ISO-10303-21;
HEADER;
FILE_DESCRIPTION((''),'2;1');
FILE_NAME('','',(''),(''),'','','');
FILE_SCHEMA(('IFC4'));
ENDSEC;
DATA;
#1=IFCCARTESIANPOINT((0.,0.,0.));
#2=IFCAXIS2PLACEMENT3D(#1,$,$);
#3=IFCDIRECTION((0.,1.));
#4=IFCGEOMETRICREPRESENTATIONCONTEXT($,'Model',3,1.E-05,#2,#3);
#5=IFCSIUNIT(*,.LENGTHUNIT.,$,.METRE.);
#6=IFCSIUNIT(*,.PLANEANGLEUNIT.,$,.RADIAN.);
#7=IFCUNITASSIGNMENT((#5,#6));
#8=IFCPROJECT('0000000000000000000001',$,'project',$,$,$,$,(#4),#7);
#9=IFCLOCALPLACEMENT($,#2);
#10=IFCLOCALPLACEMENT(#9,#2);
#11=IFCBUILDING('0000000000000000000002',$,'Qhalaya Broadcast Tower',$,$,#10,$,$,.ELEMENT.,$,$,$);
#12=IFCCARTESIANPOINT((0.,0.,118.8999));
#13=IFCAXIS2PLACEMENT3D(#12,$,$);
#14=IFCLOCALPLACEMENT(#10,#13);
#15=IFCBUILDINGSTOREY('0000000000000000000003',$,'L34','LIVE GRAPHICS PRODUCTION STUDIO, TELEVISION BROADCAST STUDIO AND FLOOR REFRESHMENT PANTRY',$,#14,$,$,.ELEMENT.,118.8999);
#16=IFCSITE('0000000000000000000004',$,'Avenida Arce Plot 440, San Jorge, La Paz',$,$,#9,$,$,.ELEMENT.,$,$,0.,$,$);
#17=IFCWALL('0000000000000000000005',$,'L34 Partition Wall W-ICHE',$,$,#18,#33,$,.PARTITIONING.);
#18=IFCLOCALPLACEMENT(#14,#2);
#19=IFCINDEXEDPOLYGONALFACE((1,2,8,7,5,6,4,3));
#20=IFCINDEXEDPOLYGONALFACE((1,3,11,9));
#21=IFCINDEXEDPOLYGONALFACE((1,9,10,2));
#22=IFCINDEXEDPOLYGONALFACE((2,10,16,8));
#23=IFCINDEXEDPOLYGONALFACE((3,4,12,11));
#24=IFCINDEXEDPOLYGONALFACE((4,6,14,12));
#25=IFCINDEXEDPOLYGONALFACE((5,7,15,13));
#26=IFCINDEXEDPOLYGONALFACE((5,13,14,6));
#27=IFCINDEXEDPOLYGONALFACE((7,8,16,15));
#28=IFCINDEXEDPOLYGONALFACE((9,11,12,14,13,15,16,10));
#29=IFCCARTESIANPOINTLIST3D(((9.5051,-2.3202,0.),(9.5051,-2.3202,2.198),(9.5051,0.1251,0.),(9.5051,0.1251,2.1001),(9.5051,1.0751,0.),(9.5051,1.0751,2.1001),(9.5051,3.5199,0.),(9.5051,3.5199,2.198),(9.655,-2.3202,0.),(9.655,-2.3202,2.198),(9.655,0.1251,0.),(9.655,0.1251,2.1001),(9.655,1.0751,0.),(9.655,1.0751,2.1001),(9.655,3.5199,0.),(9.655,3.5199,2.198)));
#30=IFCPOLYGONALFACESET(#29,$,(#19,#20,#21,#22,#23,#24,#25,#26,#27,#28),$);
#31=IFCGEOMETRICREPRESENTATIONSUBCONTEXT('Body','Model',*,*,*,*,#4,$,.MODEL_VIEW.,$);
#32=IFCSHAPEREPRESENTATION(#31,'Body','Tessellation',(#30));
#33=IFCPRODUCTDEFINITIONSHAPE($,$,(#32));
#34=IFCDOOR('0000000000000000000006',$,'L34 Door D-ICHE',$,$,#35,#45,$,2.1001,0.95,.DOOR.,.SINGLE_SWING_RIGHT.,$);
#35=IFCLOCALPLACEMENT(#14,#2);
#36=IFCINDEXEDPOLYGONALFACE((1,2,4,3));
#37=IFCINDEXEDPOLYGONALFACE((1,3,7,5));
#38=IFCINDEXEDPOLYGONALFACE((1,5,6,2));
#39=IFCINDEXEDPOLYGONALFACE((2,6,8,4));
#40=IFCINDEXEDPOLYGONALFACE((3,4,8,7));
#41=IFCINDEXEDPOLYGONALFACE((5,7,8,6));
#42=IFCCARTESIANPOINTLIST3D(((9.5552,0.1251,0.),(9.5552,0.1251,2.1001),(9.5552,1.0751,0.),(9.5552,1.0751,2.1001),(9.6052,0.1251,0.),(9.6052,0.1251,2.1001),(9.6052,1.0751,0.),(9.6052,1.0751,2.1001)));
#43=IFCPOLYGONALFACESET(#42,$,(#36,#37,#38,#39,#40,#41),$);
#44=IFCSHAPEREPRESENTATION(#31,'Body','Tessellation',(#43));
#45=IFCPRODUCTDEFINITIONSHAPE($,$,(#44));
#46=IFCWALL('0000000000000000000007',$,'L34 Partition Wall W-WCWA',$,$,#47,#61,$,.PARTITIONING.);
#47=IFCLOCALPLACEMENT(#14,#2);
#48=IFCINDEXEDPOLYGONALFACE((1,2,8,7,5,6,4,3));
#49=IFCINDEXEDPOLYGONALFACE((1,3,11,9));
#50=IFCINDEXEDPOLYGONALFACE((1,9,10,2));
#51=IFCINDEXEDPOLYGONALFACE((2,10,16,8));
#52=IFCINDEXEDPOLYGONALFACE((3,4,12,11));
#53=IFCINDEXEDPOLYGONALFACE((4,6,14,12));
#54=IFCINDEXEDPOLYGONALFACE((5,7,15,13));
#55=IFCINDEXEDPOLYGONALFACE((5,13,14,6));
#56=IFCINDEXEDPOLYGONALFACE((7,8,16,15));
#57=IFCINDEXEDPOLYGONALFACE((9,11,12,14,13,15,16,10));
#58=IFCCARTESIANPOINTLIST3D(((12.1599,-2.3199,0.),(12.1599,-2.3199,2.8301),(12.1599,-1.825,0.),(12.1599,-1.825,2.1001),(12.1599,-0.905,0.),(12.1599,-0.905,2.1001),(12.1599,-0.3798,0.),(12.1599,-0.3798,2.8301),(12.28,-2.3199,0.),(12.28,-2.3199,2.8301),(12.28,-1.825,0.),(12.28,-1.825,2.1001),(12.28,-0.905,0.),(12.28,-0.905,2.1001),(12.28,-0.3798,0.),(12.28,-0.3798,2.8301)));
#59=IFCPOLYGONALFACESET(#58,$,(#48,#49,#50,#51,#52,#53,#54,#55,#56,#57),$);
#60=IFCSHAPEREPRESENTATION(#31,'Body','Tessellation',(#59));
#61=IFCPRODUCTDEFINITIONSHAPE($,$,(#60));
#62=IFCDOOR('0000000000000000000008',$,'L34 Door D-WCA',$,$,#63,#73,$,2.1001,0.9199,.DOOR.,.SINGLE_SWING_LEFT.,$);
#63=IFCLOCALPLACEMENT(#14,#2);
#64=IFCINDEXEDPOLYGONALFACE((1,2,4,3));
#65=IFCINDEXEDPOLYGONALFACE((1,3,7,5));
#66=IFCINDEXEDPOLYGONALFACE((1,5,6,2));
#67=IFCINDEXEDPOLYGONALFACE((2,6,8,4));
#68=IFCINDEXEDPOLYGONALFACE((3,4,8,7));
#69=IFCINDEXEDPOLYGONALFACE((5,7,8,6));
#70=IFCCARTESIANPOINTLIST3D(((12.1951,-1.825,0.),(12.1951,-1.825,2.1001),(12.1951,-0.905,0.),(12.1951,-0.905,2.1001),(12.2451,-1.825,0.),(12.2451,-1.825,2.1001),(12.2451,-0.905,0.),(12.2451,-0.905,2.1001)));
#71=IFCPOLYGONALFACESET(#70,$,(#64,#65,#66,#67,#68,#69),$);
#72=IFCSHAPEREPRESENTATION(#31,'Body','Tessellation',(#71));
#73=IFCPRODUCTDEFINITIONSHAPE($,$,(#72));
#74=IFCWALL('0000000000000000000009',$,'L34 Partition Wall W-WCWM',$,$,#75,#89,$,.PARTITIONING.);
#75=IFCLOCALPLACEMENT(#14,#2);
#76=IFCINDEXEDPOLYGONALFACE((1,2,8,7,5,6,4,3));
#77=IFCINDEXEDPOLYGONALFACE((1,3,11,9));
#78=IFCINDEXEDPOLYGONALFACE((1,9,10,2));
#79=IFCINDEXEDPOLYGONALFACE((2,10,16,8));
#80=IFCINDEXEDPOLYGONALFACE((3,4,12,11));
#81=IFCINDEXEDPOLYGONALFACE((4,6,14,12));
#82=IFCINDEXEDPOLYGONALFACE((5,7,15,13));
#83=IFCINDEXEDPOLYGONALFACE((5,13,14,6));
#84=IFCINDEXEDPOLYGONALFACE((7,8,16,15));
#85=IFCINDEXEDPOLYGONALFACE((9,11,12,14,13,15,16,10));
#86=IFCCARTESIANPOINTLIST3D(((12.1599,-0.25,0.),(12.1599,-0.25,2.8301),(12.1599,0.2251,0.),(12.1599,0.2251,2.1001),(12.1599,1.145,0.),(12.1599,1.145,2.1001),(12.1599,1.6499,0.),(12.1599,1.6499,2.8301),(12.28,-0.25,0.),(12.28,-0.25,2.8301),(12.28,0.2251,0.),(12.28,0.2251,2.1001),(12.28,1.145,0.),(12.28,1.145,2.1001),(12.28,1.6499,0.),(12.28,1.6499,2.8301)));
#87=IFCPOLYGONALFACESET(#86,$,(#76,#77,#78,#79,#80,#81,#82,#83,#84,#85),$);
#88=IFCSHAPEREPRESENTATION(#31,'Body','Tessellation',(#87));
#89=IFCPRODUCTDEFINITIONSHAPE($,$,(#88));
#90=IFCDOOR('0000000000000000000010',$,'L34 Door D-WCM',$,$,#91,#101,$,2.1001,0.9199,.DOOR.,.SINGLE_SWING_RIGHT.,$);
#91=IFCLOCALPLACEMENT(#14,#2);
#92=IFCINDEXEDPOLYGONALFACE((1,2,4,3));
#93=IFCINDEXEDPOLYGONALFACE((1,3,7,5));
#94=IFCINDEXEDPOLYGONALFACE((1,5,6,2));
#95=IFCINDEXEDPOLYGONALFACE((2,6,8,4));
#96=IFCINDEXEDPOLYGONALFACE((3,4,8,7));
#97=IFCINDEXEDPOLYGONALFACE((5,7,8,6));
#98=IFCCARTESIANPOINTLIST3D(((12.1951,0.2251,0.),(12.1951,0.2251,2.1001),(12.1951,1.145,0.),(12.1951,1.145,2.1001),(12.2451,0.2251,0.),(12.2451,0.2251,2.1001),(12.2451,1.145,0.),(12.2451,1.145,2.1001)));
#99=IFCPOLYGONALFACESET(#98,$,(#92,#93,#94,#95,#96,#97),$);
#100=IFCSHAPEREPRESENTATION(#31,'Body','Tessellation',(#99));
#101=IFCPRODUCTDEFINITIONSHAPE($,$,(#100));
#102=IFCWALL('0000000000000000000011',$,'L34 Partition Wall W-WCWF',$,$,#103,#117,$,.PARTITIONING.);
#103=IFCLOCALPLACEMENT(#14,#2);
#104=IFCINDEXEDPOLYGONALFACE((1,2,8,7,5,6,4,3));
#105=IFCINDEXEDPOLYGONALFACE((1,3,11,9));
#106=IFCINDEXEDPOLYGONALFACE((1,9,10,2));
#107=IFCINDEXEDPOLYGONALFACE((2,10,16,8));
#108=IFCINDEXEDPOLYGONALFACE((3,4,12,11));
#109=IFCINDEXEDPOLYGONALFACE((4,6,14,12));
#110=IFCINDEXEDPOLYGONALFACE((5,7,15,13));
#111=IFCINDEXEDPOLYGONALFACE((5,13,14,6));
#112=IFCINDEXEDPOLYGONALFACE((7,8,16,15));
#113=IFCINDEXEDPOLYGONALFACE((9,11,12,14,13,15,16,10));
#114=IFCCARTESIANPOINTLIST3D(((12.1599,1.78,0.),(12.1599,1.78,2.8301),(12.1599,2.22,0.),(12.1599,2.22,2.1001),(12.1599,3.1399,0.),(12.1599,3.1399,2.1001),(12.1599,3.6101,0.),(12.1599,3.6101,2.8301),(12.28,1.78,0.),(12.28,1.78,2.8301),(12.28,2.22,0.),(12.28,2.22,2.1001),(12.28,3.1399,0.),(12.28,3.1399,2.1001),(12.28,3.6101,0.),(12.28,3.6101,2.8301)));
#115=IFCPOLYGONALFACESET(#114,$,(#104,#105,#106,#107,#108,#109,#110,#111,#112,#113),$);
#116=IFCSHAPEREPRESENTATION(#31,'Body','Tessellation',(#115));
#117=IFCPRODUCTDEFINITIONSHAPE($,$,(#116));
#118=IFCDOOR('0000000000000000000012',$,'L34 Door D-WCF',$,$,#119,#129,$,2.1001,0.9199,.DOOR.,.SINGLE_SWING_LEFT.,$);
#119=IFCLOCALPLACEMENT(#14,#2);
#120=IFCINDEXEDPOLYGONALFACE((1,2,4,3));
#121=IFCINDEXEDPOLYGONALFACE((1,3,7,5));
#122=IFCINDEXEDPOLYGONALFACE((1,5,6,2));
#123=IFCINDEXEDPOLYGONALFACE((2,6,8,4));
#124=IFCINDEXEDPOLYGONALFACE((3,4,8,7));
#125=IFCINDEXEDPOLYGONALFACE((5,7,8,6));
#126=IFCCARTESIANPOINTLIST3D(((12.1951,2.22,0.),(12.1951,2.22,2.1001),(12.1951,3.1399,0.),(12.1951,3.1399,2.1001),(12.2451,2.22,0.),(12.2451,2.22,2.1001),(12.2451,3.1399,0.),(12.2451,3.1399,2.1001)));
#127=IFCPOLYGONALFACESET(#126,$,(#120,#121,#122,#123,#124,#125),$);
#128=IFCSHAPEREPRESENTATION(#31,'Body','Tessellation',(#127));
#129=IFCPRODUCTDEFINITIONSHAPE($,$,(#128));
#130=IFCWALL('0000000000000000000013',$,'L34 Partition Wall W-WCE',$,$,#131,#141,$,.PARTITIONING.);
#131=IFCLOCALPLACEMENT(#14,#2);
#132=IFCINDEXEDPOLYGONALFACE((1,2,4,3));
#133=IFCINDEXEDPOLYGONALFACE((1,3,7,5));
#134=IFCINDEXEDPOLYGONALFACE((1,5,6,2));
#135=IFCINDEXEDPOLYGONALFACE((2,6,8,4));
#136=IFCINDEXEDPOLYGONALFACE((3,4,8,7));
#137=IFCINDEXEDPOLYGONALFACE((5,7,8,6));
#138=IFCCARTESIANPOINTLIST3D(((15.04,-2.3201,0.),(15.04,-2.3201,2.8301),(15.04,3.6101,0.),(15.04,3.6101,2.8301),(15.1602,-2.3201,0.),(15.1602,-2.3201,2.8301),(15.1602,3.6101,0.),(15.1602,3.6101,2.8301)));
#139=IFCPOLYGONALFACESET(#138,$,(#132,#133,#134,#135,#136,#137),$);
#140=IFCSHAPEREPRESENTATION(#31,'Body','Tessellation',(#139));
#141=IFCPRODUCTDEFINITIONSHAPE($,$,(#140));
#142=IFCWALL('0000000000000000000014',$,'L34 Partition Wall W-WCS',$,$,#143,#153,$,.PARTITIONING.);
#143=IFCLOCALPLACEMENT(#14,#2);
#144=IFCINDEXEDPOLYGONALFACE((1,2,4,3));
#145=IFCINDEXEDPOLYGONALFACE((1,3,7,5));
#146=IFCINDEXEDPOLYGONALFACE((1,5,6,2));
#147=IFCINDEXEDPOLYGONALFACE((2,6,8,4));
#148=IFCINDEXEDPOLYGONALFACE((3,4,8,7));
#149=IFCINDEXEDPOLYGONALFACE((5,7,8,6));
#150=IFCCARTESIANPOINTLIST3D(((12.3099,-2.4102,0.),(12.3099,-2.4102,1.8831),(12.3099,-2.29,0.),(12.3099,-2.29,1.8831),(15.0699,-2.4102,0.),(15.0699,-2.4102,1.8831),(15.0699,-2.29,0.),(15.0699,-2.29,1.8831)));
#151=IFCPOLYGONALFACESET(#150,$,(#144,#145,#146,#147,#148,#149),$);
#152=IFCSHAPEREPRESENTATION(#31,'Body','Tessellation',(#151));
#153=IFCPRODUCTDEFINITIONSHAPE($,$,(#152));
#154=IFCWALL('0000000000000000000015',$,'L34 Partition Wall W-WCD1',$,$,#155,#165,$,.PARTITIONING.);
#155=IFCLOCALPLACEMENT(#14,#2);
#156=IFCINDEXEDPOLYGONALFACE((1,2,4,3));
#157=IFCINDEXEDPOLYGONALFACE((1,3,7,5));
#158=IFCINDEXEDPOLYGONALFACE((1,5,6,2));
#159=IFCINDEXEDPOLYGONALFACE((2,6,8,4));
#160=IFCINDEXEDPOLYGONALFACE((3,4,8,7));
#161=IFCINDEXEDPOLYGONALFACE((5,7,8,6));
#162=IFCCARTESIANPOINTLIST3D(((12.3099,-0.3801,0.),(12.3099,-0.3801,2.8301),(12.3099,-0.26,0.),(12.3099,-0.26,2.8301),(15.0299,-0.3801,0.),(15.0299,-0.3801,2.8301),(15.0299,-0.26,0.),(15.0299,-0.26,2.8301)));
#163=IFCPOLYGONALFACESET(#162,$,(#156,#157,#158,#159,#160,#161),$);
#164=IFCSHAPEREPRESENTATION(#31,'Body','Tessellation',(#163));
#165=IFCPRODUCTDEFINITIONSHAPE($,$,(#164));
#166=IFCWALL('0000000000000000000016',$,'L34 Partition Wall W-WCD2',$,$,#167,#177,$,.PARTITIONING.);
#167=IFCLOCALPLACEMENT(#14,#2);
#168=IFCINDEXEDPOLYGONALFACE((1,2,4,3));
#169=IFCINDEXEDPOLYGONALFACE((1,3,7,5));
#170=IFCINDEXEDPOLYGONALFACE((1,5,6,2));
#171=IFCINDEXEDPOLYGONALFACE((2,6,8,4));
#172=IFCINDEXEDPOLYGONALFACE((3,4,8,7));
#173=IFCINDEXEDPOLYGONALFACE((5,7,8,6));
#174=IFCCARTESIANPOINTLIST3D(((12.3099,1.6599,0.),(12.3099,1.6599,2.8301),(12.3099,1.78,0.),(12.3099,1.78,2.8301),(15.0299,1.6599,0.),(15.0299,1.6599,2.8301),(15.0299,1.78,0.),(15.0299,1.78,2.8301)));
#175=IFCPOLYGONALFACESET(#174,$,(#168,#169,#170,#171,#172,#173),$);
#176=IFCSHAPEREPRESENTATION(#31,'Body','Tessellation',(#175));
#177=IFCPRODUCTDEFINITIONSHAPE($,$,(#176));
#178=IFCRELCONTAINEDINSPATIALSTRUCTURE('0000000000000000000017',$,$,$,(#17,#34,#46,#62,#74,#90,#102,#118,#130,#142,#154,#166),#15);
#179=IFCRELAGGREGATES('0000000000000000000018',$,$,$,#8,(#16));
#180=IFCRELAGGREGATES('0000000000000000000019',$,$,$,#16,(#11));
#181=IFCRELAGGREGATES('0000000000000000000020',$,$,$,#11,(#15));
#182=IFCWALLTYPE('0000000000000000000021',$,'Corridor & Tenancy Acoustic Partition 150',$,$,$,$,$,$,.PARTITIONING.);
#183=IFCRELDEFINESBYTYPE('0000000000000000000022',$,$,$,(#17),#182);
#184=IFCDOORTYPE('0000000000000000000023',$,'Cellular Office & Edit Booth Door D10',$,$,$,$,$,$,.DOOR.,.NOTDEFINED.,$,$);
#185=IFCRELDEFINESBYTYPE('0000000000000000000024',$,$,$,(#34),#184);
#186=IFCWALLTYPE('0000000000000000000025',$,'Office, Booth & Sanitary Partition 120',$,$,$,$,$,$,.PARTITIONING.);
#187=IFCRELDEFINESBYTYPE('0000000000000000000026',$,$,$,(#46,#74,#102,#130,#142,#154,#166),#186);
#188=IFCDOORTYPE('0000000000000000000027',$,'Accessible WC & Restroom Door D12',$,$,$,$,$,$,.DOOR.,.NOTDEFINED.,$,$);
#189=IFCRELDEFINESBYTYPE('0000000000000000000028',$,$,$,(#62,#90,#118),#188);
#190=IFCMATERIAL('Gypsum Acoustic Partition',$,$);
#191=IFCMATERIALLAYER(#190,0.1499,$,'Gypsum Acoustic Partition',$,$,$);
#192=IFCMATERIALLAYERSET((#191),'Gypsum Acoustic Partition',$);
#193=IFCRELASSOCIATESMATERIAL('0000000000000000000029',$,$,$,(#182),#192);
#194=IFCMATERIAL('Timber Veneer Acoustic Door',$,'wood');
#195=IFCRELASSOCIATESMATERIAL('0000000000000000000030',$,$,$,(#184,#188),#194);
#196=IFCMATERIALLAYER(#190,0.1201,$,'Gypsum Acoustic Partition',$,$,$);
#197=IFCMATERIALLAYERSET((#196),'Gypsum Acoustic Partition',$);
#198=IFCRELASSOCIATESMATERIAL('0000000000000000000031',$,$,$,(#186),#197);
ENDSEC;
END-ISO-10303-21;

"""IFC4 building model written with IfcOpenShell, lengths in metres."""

from ifc_helpers import new_model, si_unit, direction, frame, frame_2d, origin, place, context, subcontext, project, spatial, rectangle, extrude, material, layer, layer_set, type_object, element, fill, save


model = new_model("IFC4")

# Units and contexts
model_context = context("Model", 3, precision=1e-05, world=origin(), true_north=direction((0.0, 1.0)))
body_context = subcontext(model_context, "Body", "Model", "MODEL_VIEW")
ifc_project = project(units=[si_unit("LENGTHUNIT", "METRE"), si_unit("PLANEANGLEUNIT", "RADIAN")], contexts=[model_context])

# Site, building, storey
site_placement = place(None, origin())
site = spatial("IfcSite", under=ifc_project, at=site_placement, Name="Avenida Arce Plot 440, San Jorge, La Paz", CompositionType="ELEMENT", RefElevation=0.0)
building_placement = place(site_placement, origin())
building = spatial("IfcBuilding", under=site, at=building_placement, Name="Qhalaya Broadcast Tower", CompositionType="ELEMENT")
storey_placement = place(building_placement, frame((0.0, 0.0, 118.8999)))
storey = spatial("IfcBuildingStorey", under=building, at=storey_placement, Name="L34", Description="LIVE GRAPHICS PRODUCTION STUDIO, TELEVISION BROADCAST STUDIO AND FLOOR REFRESHMENT PANTRY", CompositionType="ELEMENT", Elevation=118.8999)

# Walls, openings, doors
ifc_material_1 = material(Name="Gypsum Acoustic Partition")
ifc_layer_1 = layer(ifc_material_1, 0.1499, Name="Gypsum Acoustic Partition")
ifc_layer_set_1 = layer_set([ifc_layer_1], Name="Gypsum Acoustic Partition")
wall_type_1 = type_object("IfcWallType", Name="Corridor & Tenancy Acoustic Partition 150", PredefinedType="PARTITIONING", material=ifc_layer_set_1)
wall_1_placement = place(storey_placement, frame((9.5801, -2.3201, 0.0), z_axis=(0.0, 0.0, 1.0), x_axis=(0.0, 1.0, 0.0)))
wall_1 = element("IfcWall", 1, at=wall_1_placement, inside=storey, type_object=wall_type_1, Name="L34 Partition Wall W-ICHE", PredefinedType="PARTITIONING", context=body_context, shape_type="SweptSolid", body=[
    extrude(rectangle(XDim=5.8401, YDim=0.1499, at=frame_2d((2.9199, 0.0))), origin(), (0.0, 0.0, 1.0), 2.198),
])
opening_1_placement = place(wall_1_placement, frame((2.4451, 0.0, 0.0)))
opening_1 = element("IfcOpeningElement", 2, at=opening_1_placement, cuts=wall_1, PredefinedType="OPENING", context=body_context, shape_type="SweptSolid", body=[
    extrude(rectangle(XDim=0.95, YDim=2.1001, at=frame_2d((0.4751, 1.05))), frame((0.0, 0.0869, 0.0), z_axis=(0.0, -1.0, 0.0), x_axis=(1.0, 0.0, 0.0)), (0.0, 0.0, 1.0), 0.1738),
])
ifc_material_2 = material(Name="Timber Veneer Acoustic Door", Category="wood")
door_type_1 = type_object("IfcDoorType", Name="Cellular Office & Edit Booth Door D10", OperationType="NOTDEFINED", PredefinedType="DOOR", material=ifc_material_2)
door_1_placement = place(opening_1_placement, origin())
door_1 = element("IfcDoor", 3, at=door_1_placement, inside=storey, type_object=door_type_1, Name="L34 Door D-ICHE", OperationType="SINGLE_SWING_RIGHT", OverallHeight=2.1001, OverallWidth=0.95, PredefinedType="DOOR", context=body_context, shape_type="SweptSolid", body=[
    extrude(rectangle(XDim=0.95, YDim=2.1001, at=frame_2d((0.4751, 1.05))), frame((0.0, 0.0249, 0.0), z_axis=(0.0, -1.0, 0.0), x_axis=(1.0, 0.0, 0.0)), (0.0, 0.0, 1.0), 0.05),
])
fill(opening_1, door_1)
ifc_layer_2 = layer(ifc_material_1, 0.1201, Name="Gypsum Acoustic Partition")
ifc_layer_set_2 = layer_set([ifc_layer_2], Name="Gypsum Acoustic Partition")
wall_type_2 = type_object("IfcWallType", Name="Office, Booth & Sanitary Partition 120", PredefinedType="PARTITIONING", material=ifc_layer_set_2)
wall_2_placement = place(storey_placement, frame((12.22, -2.3201, 0.0), z_axis=(0.0, 0.0, 1.0), x_axis=(0.0, 1.0, 0.0)))
wall_2 = element("IfcWall", 4, at=wall_2_placement, inside=storey, type_object=wall_type_2, Name="L34 Partition Wall W-WCWA", PredefinedType="PARTITIONING", context=body_context, shape_type="SweptSolid", body=[
    extrude(rectangle(XDim=1.9402, YDim=0.1201, at=frame_2d((0.9702, 0.0))), origin(), (0.0, 0.0, 1.0), 2.8301),
])
opening_2_placement = place(wall_2_placement, frame((0.4951, 0.0, 0.0)))
opening_2 = element("IfcOpeningElement", 5, at=opening_2_placement, cuts=wall_2, PredefinedType="OPENING", context=body_context, shape_type="SweptSolid", body=[
    extrude(rectangle(XDim=0.9199, YDim=2.1001, at=frame_2d((0.46, 1.05))), frame((0.0, 0.072, 0.0), z_axis=(0.0, -1.0, 0.0), x_axis=(1.0, 0.0, 0.0)), (0.0, 0.0, 1.0), 0.144),
])
door_type_2 = type_object("IfcDoorType", Name="Accessible WC & Restroom Door D12", OperationType="NOTDEFINED", PredefinedType="DOOR", material=ifc_material_2)
door_2_placement = place(opening_2_placement, origin())
door_2 = element("IfcDoor", 6, at=door_2_placement, inside=storey, type_object=door_type_2, Name="L34 Door D-WCA", OperationType="SINGLE_SWING_LEFT", OverallHeight=2.1001, OverallWidth=0.9199, PredefinedType="DOOR", context=body_context, shape_type="SweptSolid", body=[
    extrude(rectangle(XDim=0.9199, YDim=2.1001, at=frame_2d((0.46, 1.05))), frame((0.0, 0.0249, 0.0), z_axis=(0.0, -1.0, 0.0), x_axis=(1.0, 0.0, 0.0)), (0.0, 0.0, 1.0), 0.05),
])
fill(opening_2, door_2)
wall_3_placement = place(storey_placement, frame((12.22, -0.25, 0.0), z_axis=(0.0, 0.0, 1.0), x_axis=(0.0, 1.0, 0.0)))
wall_3 = element("IfcWall", 7, at=wall_3_placement, inside=storey, type_object=wall_type_2, Name="L34 Partition Wall W-WCWM", PredefinedType="PARTITIONING", context=body_context, shape_type="SweptSolid", body=[
    extrude(rectangle(XDim=1.8999, YDim=0.1201, at=frame_2d((0.95, 0.0))), origin(), (0.0, 0.0, 1.0), 2.8301),
])
opening_3_placement = place(wall_3_placement, frame((0.4751, 0.0, 0.0)))
opening_3 = element("IfcOpeningElement", 8, at=opening_3_placement, cuts=wall_3, PredefinedType="OPENING", context=body_context, shape_type="SweptSolid", body=[
    extrude(rectangle(XDim=0.9199, YDim=2.1001, at=frame_2d((0.46, 1.05))), frame((0.0, 0.072, 0.0), z_axis=(0.0, -1.0, 0.0), x_axis=(1.0, 0.0, 0.0)), (0.0, 0.0, 1.0), 0.144),
])
door_3_placement = place(opening_3_placement, origin())
door_3 = element("IfcDoor", 9, at=door_3_placement, inside=storey, type_object=door_type_2, Name="L34 Door D-WCM", OperationType="SINGLE_SWING_RIGHT", OverallHeight=2.1001, OverallWidth=0.9199, PredefinedType="DOOR", context=body_context, shape_type="SweptSolid", body=[
    extrude(rectangle(XDim=0.9199, YDim=2.1001, at=frame_2d((0.46, 1.05))), frame((0.0, 0.0249, 0.0), z_axis=(0.0, -1.0, 0.0), x_axis=(1.0, 0.0, 0.0)), (0.0, 0.0, 1.0), 0.05),
])
fill(opening_3, door_3)
wall_4_placement = place(storey_placement, frame((12.22, 1.78, 0.0), z_axis=(0.0, 0.0, 1.0), x_axis=(0.0, 1.0, 0.0)))
wall_4 = element("IfcWall", 10, at=wall_4_placement, inside=storey, type_object=wall_type_2, Name="L34 Partition Wall W-WCWF", PredefinedType="PARTITIONING", context=body_context, shape_type="SweptSolid", body=[
    extrude(rectangle(XDim=1.8301, YDim=0.1201, at=frame_2d((0.915, 0.0))), origin(), (0.0, 0.0, 1.0), 2.8301),
])
opening_4_placement = place(wall_4_placement, frame((0.4399, 0.0, 0.0)))
opening_4 = element("IfcOpeningElement", 11, at=opening_4_placement, cuts=wall_4, PredefinedType="OPENING", context=body_context, shape_type="SweptSolid", body=[
    extrude(rectangle(XDim=0.9199, YDim=2.1001, at=frame_2d((0.46, 1.05))), frame((0.0, 0.072, 0.0), z_axis=(0.0, -1.0, 0.0), x_axis=(1.0, 0.0, 0.0)), (0.0, 0.0, 1.0), 0.144),
])
door_4_placement = place(opening_4_placement, origin())
door_4 = element("IfcDoor", 12, at=door_4_placement, inside=storey, type_object=door_type_2, Name="L34 Door D-WCF", OperationType="SINGLE_SWING_LEFT", OverallHeight=2.1001, OverallWidth=0.9199, PredefinedType="DOOR", context=body_context, shape_type="SweptSolid", body=[
    extrude(rectangle(XDim=0.9199, YDim=2.1001, at=frame_2d((0.46, 1.05))), frame((0.0, 0.0249, 0.0), z_axis=(0.0, -1.0, 0.0), x_axis=(1.0, 0.0, 0.0)), (0.0, 0.0, 1.0), 0.05),
])
fill(opening_4, door_4)

# Walls
wall_5_placement = place(storey_placement, frame((15.1001, -2.3201, 0.0), z_axis=(0.0, 0.0, 1.0), x_axis=(0.0, 1.0, 0.0)))
element("IfcWall", 13, at=wall_5_placement, inside=storey, type_object=wall_type_2, Name="L34 Partition Wall W-WCE", PredefinedType="PARTITIONING", context=body_context, shape_type="SweptSolid", body=[
    extrude(rectangle(XDim=5.9302, YDim=0.1201, at=frame_2d((2.9651, 0.0))), origin(), (0.0, 0.0, 1.0), 2.8301),
])
wall_6_placement = place(storey_placement, frame((12.3101, -2.3501, 0.0), z_axis=(0.0, 0.0, 1.0), x_axis=(1.0, 0.0, 0.0)))
element("IfcWall", 14, at=wall_6_placement, inside=storey, type_object=wall_type_2, Name="L34 Partition Wall W-WCS", PredefinedType="PARTITIONING", context=body_context, shape_type="SweptSolid", body=[
    extrude(rectangle(XDim=2.76, YDim=0.1201, at=frame_2d((1.3799, 0.0))), origin(), (0.0, 0.0, 1.0), 1.8831),
])
for number, where, z_axis, x_axis, name in (
    (15, (12.3101, -0.3201, 0.0), (0.0, 0.0, 1.0), (1.0, 0.0, 0.0), "L34 Partition Wall W-WCD1"),
    (16, (12.3101, 1.72, 0.0), (0.0, 0.0, 1.0), (1.0, 0.0, 0.0), "L34 Partition Wall W-WCD2"),
):
    element("IfcWall", number, at=place(storey_placement, frame(where, z_axis=z_axis, x_axis=x_axis)), inside=storey, type_object=wall_type_2, Name=name, PredefinedType="PARTITIONING", context=body_context, shape_type="SweptSolid", body=[
        extrude(rectangle(XDim=2.72, YDim=0.1201, at=frame_2d((1.3599, 0.0))), origin(), (0.0, 0.0, 1.0), 2.8301),
    ])

save(model, "model.ifc")
